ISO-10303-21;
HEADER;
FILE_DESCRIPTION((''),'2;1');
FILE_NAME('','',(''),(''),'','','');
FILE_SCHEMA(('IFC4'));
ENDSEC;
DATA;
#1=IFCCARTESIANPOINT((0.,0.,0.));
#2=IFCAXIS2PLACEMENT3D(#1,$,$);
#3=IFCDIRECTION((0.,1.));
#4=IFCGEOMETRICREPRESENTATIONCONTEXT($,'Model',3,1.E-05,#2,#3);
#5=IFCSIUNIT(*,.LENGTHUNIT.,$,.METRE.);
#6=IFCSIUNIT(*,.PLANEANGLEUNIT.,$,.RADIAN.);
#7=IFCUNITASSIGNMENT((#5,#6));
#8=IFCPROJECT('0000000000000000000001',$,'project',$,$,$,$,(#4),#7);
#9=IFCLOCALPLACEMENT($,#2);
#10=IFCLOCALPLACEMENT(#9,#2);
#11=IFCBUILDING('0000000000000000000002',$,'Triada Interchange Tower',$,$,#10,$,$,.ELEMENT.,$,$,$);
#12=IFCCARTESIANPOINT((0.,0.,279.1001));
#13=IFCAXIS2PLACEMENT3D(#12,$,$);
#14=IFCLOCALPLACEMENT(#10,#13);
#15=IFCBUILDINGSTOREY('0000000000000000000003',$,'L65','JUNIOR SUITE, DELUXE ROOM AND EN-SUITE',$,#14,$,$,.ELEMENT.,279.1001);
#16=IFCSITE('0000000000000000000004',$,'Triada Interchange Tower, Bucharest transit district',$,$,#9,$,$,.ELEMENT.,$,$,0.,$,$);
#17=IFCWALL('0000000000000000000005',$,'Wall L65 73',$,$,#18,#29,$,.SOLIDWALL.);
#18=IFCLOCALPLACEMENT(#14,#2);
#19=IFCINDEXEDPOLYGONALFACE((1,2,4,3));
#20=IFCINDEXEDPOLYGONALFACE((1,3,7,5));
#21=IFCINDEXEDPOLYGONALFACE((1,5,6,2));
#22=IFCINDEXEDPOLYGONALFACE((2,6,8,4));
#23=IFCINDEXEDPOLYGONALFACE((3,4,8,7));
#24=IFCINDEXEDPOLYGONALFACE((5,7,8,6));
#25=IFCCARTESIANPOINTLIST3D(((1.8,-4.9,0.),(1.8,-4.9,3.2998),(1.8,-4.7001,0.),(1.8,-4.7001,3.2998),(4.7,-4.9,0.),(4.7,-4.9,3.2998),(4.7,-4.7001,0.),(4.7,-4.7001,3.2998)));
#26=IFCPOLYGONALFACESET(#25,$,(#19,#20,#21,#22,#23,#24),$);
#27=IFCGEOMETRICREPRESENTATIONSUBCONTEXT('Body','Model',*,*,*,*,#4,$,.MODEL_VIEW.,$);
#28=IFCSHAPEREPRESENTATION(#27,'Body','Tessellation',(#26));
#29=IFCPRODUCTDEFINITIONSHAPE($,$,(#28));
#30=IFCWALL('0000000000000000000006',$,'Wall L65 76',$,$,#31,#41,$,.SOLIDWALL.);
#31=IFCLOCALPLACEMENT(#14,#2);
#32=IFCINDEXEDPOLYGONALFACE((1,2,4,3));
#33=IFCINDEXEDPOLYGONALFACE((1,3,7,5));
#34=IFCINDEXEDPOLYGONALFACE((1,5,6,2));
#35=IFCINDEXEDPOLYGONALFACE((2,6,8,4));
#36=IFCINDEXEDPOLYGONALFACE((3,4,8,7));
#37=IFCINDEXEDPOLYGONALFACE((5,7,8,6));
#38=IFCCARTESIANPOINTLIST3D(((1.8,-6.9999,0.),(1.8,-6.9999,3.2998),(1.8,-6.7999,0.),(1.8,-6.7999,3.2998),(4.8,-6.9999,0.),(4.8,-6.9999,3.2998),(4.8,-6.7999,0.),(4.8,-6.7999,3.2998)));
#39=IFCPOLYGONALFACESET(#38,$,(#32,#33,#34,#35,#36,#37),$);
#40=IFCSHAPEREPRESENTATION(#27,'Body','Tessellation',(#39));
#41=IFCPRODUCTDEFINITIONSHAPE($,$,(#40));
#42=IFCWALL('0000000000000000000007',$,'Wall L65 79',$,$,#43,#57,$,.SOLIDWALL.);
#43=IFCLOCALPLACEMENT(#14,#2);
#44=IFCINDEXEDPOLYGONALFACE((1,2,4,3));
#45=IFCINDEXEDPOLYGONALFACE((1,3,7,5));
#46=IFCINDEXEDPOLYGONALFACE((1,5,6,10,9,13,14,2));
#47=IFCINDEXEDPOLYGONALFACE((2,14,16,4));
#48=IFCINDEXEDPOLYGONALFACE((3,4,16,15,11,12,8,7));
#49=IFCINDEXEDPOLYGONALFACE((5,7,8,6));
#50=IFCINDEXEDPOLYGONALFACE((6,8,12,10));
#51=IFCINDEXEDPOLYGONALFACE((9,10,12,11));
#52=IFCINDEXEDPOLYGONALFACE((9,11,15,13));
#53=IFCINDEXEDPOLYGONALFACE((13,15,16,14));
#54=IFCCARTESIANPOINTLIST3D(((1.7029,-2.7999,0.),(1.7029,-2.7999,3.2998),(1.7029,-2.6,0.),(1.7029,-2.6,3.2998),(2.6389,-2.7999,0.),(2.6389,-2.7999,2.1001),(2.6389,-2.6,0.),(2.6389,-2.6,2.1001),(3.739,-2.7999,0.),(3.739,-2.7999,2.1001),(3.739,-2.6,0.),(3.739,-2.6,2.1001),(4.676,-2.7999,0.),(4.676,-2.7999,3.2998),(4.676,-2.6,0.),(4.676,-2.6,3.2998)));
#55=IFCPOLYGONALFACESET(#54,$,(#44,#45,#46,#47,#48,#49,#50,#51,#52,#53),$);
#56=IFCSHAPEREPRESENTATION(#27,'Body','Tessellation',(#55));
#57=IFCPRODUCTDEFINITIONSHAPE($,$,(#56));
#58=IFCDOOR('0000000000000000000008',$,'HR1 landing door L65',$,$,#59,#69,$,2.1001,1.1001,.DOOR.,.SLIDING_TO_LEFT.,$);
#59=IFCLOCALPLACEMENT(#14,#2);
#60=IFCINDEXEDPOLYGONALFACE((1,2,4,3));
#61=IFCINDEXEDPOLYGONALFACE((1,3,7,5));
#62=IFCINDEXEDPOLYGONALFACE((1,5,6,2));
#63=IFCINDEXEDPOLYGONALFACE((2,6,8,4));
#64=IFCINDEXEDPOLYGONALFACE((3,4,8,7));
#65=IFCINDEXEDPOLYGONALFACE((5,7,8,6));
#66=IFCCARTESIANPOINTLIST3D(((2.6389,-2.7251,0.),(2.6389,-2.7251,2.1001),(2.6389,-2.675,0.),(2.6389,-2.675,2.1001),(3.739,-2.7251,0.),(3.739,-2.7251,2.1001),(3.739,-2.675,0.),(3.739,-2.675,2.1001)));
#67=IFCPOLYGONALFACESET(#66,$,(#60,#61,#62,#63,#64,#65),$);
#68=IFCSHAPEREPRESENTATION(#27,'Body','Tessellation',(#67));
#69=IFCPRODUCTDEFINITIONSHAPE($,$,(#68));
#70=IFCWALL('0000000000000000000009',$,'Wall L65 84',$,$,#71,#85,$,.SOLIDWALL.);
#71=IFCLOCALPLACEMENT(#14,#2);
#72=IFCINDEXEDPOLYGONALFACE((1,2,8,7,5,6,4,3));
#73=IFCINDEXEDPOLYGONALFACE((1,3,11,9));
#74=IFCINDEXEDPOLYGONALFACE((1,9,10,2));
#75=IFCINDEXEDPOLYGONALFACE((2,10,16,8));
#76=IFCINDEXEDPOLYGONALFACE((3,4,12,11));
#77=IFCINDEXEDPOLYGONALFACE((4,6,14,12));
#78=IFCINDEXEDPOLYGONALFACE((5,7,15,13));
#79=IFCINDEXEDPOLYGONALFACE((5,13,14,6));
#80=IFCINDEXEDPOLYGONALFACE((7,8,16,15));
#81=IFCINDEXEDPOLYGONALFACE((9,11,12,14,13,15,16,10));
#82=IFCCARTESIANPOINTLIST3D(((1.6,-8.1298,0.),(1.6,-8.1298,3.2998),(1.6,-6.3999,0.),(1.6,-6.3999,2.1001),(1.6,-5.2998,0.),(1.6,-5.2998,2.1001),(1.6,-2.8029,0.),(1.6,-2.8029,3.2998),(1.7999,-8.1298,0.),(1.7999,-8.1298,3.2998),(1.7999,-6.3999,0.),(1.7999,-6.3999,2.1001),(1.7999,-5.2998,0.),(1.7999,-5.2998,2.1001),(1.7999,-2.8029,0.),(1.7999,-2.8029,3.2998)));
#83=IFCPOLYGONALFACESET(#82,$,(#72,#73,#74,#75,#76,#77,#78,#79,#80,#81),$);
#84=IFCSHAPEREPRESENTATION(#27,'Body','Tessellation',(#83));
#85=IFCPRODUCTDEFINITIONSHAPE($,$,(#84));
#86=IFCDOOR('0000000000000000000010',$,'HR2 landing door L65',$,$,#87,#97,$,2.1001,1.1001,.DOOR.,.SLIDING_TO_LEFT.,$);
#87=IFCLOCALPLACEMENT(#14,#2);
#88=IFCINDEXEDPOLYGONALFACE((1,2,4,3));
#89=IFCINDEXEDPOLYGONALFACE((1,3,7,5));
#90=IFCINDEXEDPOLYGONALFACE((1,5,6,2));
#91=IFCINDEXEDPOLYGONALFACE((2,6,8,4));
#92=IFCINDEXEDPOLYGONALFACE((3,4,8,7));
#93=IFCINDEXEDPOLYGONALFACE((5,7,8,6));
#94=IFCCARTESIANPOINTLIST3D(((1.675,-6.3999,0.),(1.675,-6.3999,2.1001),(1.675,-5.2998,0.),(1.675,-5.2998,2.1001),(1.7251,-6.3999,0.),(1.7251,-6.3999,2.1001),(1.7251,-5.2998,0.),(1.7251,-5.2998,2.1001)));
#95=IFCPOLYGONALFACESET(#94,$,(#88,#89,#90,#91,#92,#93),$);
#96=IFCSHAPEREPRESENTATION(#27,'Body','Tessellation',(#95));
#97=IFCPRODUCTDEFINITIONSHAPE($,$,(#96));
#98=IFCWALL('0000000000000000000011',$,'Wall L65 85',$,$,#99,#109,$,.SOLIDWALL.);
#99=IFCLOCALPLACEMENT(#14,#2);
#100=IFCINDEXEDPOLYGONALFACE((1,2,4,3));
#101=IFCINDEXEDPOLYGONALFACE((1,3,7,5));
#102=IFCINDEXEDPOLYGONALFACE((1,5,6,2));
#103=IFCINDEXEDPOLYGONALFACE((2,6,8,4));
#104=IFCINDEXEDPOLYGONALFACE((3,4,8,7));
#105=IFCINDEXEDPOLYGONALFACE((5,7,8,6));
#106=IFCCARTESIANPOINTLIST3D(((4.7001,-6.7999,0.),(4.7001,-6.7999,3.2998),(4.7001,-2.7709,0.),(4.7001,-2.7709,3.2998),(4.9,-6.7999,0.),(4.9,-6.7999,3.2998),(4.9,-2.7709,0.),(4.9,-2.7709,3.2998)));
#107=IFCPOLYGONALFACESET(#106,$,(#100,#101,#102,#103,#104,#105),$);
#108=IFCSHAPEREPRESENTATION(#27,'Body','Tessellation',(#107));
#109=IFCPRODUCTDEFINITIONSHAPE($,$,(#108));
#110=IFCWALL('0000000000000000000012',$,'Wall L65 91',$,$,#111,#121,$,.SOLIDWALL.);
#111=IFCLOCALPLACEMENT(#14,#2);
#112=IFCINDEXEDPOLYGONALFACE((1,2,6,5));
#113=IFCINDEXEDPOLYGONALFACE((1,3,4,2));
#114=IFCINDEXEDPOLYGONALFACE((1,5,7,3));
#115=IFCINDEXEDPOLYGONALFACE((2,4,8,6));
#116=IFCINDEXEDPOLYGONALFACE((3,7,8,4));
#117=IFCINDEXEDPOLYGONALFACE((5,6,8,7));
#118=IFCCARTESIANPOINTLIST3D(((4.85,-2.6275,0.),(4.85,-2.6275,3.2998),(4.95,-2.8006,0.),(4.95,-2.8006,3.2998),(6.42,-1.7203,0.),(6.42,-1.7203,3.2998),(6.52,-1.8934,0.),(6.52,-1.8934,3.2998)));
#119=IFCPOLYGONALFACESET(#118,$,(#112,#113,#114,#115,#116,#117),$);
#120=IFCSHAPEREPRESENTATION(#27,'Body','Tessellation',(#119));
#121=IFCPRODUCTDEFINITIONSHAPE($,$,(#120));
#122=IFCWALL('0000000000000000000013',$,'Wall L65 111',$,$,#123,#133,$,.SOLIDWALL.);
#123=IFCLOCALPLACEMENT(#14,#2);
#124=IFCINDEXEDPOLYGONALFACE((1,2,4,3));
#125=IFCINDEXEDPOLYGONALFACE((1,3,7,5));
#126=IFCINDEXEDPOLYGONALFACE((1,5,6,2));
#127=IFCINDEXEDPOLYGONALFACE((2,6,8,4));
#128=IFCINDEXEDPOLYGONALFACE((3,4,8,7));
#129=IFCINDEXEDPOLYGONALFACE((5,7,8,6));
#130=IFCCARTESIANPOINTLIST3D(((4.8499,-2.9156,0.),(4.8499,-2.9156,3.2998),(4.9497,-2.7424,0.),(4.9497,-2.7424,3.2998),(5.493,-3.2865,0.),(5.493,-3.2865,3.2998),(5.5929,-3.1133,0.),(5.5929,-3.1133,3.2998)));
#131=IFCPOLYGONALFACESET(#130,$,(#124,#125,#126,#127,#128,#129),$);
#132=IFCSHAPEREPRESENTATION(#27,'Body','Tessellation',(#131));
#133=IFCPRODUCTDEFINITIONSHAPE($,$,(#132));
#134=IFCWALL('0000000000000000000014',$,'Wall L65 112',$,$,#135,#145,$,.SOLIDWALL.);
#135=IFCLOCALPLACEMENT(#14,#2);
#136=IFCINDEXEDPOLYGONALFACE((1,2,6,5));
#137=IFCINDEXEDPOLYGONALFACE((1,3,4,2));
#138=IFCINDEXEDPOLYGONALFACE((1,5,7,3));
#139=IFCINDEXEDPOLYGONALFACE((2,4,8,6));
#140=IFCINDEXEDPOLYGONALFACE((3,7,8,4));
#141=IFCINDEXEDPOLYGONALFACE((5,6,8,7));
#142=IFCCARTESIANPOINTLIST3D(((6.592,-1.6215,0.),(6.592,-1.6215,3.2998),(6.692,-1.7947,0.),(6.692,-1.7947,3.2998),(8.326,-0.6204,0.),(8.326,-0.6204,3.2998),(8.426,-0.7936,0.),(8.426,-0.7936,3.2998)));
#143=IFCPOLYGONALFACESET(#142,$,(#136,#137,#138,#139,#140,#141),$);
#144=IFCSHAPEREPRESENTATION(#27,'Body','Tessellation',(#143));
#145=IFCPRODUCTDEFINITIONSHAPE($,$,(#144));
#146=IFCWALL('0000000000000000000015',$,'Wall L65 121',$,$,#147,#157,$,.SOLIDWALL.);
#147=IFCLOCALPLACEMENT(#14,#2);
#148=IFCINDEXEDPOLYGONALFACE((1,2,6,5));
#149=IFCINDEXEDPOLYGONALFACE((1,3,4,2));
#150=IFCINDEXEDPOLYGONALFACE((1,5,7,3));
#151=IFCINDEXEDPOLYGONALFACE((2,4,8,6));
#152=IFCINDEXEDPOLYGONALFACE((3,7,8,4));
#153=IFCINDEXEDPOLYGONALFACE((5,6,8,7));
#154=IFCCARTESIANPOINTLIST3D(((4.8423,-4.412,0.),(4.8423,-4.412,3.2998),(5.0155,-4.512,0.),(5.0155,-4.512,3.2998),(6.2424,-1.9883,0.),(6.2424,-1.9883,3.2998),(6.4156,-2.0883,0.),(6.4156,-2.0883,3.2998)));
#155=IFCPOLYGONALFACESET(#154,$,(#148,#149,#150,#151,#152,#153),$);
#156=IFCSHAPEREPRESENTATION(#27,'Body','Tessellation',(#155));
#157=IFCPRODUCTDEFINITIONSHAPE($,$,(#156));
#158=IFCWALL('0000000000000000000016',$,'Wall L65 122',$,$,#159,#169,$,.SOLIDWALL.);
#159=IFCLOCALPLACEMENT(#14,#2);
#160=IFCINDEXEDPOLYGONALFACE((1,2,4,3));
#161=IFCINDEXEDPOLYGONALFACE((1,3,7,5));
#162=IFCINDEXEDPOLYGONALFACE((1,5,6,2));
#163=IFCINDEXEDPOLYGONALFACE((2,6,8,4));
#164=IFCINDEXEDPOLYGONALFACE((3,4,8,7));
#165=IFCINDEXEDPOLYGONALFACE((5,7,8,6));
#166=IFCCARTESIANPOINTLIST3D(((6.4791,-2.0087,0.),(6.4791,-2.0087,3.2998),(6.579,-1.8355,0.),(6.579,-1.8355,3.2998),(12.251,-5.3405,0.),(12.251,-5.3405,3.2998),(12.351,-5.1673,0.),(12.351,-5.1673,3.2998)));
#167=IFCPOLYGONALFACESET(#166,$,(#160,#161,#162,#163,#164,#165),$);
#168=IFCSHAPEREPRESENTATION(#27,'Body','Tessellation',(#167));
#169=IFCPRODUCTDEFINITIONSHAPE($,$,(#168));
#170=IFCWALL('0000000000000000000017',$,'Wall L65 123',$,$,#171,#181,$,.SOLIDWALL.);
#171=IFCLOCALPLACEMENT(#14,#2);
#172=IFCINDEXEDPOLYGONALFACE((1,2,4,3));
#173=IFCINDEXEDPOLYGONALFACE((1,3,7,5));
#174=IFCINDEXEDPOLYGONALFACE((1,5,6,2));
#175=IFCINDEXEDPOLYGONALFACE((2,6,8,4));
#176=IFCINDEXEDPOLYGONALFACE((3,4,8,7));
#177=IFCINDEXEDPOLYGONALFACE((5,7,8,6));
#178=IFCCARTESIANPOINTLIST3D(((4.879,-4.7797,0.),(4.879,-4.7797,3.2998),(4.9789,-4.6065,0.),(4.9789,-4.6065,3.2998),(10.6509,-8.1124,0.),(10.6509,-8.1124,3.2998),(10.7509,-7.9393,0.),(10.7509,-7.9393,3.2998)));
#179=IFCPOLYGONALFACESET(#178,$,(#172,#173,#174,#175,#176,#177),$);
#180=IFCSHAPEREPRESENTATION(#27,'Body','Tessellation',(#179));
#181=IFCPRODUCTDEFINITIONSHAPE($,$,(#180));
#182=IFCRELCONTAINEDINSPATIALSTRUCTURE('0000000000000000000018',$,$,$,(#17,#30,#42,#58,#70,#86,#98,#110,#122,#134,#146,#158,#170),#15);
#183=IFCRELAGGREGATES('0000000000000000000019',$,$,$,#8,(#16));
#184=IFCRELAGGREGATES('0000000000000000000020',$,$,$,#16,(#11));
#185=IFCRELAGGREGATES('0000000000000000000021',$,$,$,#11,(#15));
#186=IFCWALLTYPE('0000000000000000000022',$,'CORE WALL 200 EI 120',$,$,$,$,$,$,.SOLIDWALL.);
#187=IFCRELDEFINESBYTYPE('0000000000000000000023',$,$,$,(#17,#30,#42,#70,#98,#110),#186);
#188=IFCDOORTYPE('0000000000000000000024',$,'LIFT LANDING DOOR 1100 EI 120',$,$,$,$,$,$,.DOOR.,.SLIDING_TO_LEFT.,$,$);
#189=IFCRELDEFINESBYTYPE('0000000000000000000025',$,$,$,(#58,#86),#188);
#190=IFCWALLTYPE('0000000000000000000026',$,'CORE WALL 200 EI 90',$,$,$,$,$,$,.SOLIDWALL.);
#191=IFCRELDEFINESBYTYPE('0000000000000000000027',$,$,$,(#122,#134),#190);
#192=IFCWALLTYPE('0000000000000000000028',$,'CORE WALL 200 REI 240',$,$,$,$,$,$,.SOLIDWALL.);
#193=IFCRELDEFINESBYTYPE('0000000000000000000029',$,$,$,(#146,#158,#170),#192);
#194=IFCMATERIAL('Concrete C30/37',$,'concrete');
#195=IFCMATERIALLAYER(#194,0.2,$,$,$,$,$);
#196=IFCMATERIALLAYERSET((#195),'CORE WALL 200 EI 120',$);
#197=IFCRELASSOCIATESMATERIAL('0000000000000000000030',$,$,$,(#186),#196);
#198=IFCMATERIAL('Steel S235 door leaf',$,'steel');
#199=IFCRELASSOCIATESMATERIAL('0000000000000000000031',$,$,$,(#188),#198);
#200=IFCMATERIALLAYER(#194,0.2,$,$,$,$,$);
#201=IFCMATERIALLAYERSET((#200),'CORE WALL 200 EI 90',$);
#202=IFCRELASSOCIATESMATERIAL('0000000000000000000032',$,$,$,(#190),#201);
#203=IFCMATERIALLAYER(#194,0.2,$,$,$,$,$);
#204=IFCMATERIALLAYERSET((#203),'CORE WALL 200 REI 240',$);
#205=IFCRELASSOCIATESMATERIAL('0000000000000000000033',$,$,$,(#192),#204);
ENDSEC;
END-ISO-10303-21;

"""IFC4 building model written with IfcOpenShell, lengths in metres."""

from ifc_helpers import new_model, si_unit, direction, frame, frame_2d, origin, place, context, subcontext, project, spatial, rectangle, extrude, material, layer, layer_set, type_object, element, fill, save


model = new_model("IFC4")

# Units and contexts
model_context = context("Model", 3, precision=1e-05, world=origin(), true_north=direction((0.0, 1.0)))
body_context = subcontext(model_context, "Body", "Model", "MODEL_VIEW")
ifc_project = project(units=[si_unit("LENGTHUNIT", "METRE"), si_unit("PLANEANGLEUNIT", "RADIAN")], contexts=[model_context])

# Site, building, storey
site_placement = place(None, origin())
site = spatial("IfcSite", under=ifc_project, at=site_placement, Name="Triada Interchange Tower, Bucharest transit district", CompositionType="ELEMENT", RefElevation=0.0)
building_placement = place(site_placement, origin())
building = spatial("IfcBuilding", under=site, at=building_placement, Name="Triada Interchange Tower", CompositionType="ELEMENT")
storey_placement = place(building_placement, frame((0.0, 0.0, 279.1001)))
storey = spatial("IfcBuildingStorey", under=building, at=storey_placement, Name="L65", Description="JUNIOR SUITE, DELUXE ROOM AND EN-SUITE", CompositionType="ELEMENT", Elevation=279.1001)

# Walls
ifc_material_1 = material(Name="Concrete C30/37", Category="concrete")
ifc_layer_1 = layer(ifc_material_1, 0.2)
ifc_layer_set_1 = layer_set([ifc_layer_1], Name="CORE WALL 200 EI 120")
wall_type_1 = type_object("IfcWallType", Name="CORE WALL 200 EI 120", PredefinedType="SOLIDWALL", material=ifc_layer_set_1)
wall_1_placement = place(storey_placement, frame((1.8, -4.8, 0.0), z_axis=(0.0, 0.0, 1.0), x_axis=(1.0, 0.0, 0.0)))
element("IfcWall", 1, at=wall_1_placement, inside=storey, type_object=wall_type_1, Name="Wall L65 73", PredefinedType="SOLIDWALL", context=body_context, shape_type="SweptSolid", body=[
    extrude(rectangle(XDim=2.8999, YDim=0.2, at=frame_2d((1.45, 0.0))), origin(), (0.0, 0.0, 1.0), 3.2998),
])
wall_2_placement = place(storey_placement, frame((1.8, -6.8999, 0.0), z_axis=(0.0, 0.0, 1.0), x_axis=(1.0, 0.0, 0.0)))
element("IfcWall", 2, at=wall_2_placement, inside=storey, type_object=wall_type_1, Name="Wall L65 76", PredefinedType="SOLIDWALL", context=body_context, shape_type="SweptSolid", body=[
    extrude(rectangle(XDim=3.0, YDim=0.2, at=frame_2d((1.5, 0.0))), origin(), (0.0, 0.0, 1.0), 3.2998),
])

# Walls, openings, doors
wall_3_placement = place(storey_placement, frame((1.7029, -2.7, 0.0), z_axis=(0.0, 0.0, 1.0), x_axis=(1.0, 0.0, 0.0)))
wall_3 = element("IfcWall", 3, at=wall_3_placement, inside=storey, type_object=wall_type_1, Name="Wall L65 79", PredefinedType="SOLIDWALL", context=body_context, shape_type="SweptSolid", body=[
    extrude(rectangle(XDim=2.9731, YDim=0.2, at=frame_2d((1.4866, 0.0))), origin(), (0.0, 0.0, 1.0), 3.2998),
])
opening_1_placement = place(wall_3_placement, frame((0.936, 0.0, 0.0)))
opening_1 = element("IfcOpeningElement", 4, at=opening_1_placement, cuts=wall_3, PredefinedType="OPENING", context=body_context, shape_type="SweptSolid", body=[
    extrude(rectangle(XDim=1.1001, YDim=2.1001, at=frame_2d((0.55, 1.05))), frame((0.0, 0.1099, 0.0), z_axis=(0.0, -1.0, 0.0), x_axis=(1.0, 0.0, 0.0)), (0.0, 0.0, 1.0), 0.22),
])
ifc_material_2 = material(Name="Steel S235 door leaf", Category="steel")
door_type_1 = type_object("IfcDoorType", Name="LIFT LANDING DOOR 1100 EI 120", OperationType="SLIDING_TO_LEFT", PredefinedType="DOOR", material=ifc_material_2)
door_1_placement = place(opening_1_placement, origin())
door_1 = element("IfcDoor", 5, at=door_1_placement, inside=storey, type_object=door_type_1, Name="HR1 landing door L65", OperationType="SLIDING_TO_LEFT", OverallHeight=2.1001, OverallWidth=1.1001, PredefinedType="DOOR", context=body_context, shape_type="SweptSolid", body=[
    extrude(rectangle(XDim=1.1001, YDim=2.1001, at=frame_2d((0.55, 1.05))), frame((0.0, 0.0249, 0.0), z_axis=(0.0, -1.0, 0.0), x_axis=(1.0, 0.0, 0.0)), (0.0, 0.0, 1.0), 0.05),
])
fill(opening_1, door_1)
wall_4_placement = place(storey_placement, frame((1.7, -8.1299, 0.0), z_axis=(0.0, 0.0, 1.0), x_axis=(0.0, 1.0, 0.0)))
wall_4 = element("IfcWall", 6, at=wall_4_placement, inside=storey, type_object=wall_type_1, Name="Wall L65 84", PredefinedType="SOLIDWALL", context=body_context, shape_type="SweptSolid", body=[
    extrude(rectangle(XDim=5.3269, YDim=0.2, at=frame_2d((2.6636, 0.0))), origin(), (0.0, 0.0, 1.0), 3.2998),
])
opening_2_placement = place(wall_4_placement, frame((1.73, 0.0, 0.0)))
opening_2 = element("IfcOpeningElement", 7, at=opening_2_placement, cuts=wall_4, PredefinedType="OPENING", context=body_context, shape_type="SweptSolid", body=[
    extrude(rectangle(XDim=1.1001, YDim=2.1001, at=frame_2d((0.55, 1.05))), frame((0.0, 0.1099, 0.0), z_axis=(0.0, -1.0, 0.0), x_axis=(1.0, 0.0, 0.0)), (0.0, 0.0, 1.0), 0.22),
])
door_2_placement = place(opening_2_placement, origin())
door_2 = element("IfcDoor", 8, at=door_2_placement, inside=storey, type_object=door_type_1, Name="HR2 landing door L65", OperationType="SLIDING_TO_LEFT", OverallHeight=2.1001, OverallWidth=1.1001, PredefinedType="DOOR", context=body_context, shape_type="SweptSolid", body=[
    extrude(rectangle(XDim=1.1001, YDim=2.1001, at=frame_2d((0.55, 1.05))), frame((0.0, 0.0249, 0.0), z_axis=(0.0, -1.0, 0.0), x_axis=(1.0, 0.0, 0.0)), (0.0, 0.0, 1.0), 0.05),
])
fill(opening_2, door_2)

# Walls
wall_5_placement = place(storey_placement, frame((4.8, -6.8, 0.0), z_axis=(0.0, 0.0, 1.0), x_axis=(0.0, 1.0, 0.0)))
element("IfcWall", 9, at=wall_5_placement, inside=storey, type_object=wall_type_1, Name="Wall L65 85", PredefinedType="SOLIDWALL", context=body_context, shape_type="SweptSolid", body=[
    extrude(rectangle(XDim=4.0291, YDim=0.2, at=frame_2d((2.0146, 0.0))), origin(), (0.0, 0.0, 1.0), 3.2998),
])
wall_6_placement = place(storey_placement, frame((4.8999, -2.7141, 0.0), z_axis=(0.0, 0.0, 1.0), x_axis=(0.865847, 0.500309, 0.0)))
element("IfcWall", 10, at=wall_6_placement, inside=storey, type_object=wall_type_1, Name="Wall L65 91", PredefinedType="SOLIDWALL", context=body_context, shape_type="SweptSolid", body=[
    extrude(rectangle(XDim=1.8132, YDim=0.2, at=frame_2d((0.9067, 0.0))), origin(), (0.0, 0.0, 1.0), 3.2998),
])
ifc_layer_2 = layer(ifc_material_1, 0.2)
ifc_layer_set_2 = layer_set([ifc_layer_2], Name="CORE WALL 200 EI 90")
wall_type_2 = type_object("IfcWallType", Name="CORE WALL 200 EI 90", PredefinedType="SOLIDWALL", material=ifc_layer_set_2)
wall_7_placement = place(storey_placement, frame((4.8999, -2.8291, 0.0), z_axis=(0.0, 0.0, 1.0), x_axis=(0.866273, -0.499571, 0.0)))
element("IfcWall", 11, at=wall_7_placement, inside=storey, type_object=wall_type_2, Name="Wall L65 111", PredefinedType="SOLIDWALL", context=body_context, shape_type="SweptSolid", body=[
    extrude(rectangle(XDim=0.7424, YDim=0.2, at=frame_2d((0.3711, 0.0))), origin(), (0.0, 0.0, 1.0), 3.2998),
])
wall_8_placement = place(storey_placement, frame((6.6421, -1.708, 0.0), z_axis=(0.0, 0.0, 1.0), x_axis=(0.866043, 0.499969, 0.0)))
element("IfcWall", 12, at=wall_8_placement, inside=storey, type_object=wall_type_2, Name="Wall L65 112", PredefinedType="SOLIDWALL", context=body_context, shape_type="SweptSolid", body=[
    extrude(rectangle(XDim=2.0022, YDim=0.2, at=frame_2d((1.001, 0.0))), origin(), (0.0, 0.0, 1.0), 3.2998),
])
ifc_layer_3 = layer(ifc_material_1, 0.2)
ifc_layer_set_3 = layer_set([ifc_layer_3], Name="CORE WALL 200 REI 240")
wall_type_3 = type_object("IfcWallType", Name="CORE WALL 200 REI 240", PredefinedType="SOLIDWALL", material=ifc_layer_set_3)
wall_9_placement = place(storey_placement, frame((4.929, -4.4619, 0.0), z_axis=(0.0, 0.0, 1.0), x_axis=(0.500201, 0.86591, 0.0)))
element("IfcWall", 13, at=wall_9_placement, inside=storey, type_object=wall_type_3, Name="Wall L65 121", PredefinedType="SOLIDWALL", context=body_context, shape_type="SweptSolid", body=[
    extrude(rectangle(XDim=2.7991, YDim=0.2, at=frame_2d((1.3994, 0.0))), origin(), (0.0, 0.0, 1.0), 3.2998),
])
wall_10_placement = place(storey_placement, frame((6.5291, -1.9221, 0.0), z_axis=(0.0, 0.0, 1.0), x_axis=(0.866068, -0.499925, 0.0)))
element("IfcWall", 14, at=wall_10_placement, inside=storey, type_object=wall_type_3, Name="Wall L65 122", PredefinedType="SOLIDWALL", context=body_context, shape_type="SweptSolid", body=[
    extrude(rectangle(XDim=6.6646, YDim=0.2, at=frame_2d((3.3323, 0.0))), origin(), (0.0, 0.0, 1.0), 3.2998),
])
wall_11_placement = place(storey_placement, frame((4.929, -4.6931, 0.0), z_axis=(0.0, 0.0, 1.0), x_axis=(0.866005, -0.500035, 0.0)))
element("IfcWall", 15, at=wall_11_placement, inside=storey, type_object=wall_type_3, Name="Wall L65 123", PredefinedType="SOLIDWALL", context=body_context, shape_type="SweptSolid", body=[
    extrude(rectangle(XDim=6.665, YDim=0.2, at=frame_2d((3.3325, 0.0))), origin(), (0.0, 0.0, 1.0), 3.2998),
])

save(model, "model.ifc")
